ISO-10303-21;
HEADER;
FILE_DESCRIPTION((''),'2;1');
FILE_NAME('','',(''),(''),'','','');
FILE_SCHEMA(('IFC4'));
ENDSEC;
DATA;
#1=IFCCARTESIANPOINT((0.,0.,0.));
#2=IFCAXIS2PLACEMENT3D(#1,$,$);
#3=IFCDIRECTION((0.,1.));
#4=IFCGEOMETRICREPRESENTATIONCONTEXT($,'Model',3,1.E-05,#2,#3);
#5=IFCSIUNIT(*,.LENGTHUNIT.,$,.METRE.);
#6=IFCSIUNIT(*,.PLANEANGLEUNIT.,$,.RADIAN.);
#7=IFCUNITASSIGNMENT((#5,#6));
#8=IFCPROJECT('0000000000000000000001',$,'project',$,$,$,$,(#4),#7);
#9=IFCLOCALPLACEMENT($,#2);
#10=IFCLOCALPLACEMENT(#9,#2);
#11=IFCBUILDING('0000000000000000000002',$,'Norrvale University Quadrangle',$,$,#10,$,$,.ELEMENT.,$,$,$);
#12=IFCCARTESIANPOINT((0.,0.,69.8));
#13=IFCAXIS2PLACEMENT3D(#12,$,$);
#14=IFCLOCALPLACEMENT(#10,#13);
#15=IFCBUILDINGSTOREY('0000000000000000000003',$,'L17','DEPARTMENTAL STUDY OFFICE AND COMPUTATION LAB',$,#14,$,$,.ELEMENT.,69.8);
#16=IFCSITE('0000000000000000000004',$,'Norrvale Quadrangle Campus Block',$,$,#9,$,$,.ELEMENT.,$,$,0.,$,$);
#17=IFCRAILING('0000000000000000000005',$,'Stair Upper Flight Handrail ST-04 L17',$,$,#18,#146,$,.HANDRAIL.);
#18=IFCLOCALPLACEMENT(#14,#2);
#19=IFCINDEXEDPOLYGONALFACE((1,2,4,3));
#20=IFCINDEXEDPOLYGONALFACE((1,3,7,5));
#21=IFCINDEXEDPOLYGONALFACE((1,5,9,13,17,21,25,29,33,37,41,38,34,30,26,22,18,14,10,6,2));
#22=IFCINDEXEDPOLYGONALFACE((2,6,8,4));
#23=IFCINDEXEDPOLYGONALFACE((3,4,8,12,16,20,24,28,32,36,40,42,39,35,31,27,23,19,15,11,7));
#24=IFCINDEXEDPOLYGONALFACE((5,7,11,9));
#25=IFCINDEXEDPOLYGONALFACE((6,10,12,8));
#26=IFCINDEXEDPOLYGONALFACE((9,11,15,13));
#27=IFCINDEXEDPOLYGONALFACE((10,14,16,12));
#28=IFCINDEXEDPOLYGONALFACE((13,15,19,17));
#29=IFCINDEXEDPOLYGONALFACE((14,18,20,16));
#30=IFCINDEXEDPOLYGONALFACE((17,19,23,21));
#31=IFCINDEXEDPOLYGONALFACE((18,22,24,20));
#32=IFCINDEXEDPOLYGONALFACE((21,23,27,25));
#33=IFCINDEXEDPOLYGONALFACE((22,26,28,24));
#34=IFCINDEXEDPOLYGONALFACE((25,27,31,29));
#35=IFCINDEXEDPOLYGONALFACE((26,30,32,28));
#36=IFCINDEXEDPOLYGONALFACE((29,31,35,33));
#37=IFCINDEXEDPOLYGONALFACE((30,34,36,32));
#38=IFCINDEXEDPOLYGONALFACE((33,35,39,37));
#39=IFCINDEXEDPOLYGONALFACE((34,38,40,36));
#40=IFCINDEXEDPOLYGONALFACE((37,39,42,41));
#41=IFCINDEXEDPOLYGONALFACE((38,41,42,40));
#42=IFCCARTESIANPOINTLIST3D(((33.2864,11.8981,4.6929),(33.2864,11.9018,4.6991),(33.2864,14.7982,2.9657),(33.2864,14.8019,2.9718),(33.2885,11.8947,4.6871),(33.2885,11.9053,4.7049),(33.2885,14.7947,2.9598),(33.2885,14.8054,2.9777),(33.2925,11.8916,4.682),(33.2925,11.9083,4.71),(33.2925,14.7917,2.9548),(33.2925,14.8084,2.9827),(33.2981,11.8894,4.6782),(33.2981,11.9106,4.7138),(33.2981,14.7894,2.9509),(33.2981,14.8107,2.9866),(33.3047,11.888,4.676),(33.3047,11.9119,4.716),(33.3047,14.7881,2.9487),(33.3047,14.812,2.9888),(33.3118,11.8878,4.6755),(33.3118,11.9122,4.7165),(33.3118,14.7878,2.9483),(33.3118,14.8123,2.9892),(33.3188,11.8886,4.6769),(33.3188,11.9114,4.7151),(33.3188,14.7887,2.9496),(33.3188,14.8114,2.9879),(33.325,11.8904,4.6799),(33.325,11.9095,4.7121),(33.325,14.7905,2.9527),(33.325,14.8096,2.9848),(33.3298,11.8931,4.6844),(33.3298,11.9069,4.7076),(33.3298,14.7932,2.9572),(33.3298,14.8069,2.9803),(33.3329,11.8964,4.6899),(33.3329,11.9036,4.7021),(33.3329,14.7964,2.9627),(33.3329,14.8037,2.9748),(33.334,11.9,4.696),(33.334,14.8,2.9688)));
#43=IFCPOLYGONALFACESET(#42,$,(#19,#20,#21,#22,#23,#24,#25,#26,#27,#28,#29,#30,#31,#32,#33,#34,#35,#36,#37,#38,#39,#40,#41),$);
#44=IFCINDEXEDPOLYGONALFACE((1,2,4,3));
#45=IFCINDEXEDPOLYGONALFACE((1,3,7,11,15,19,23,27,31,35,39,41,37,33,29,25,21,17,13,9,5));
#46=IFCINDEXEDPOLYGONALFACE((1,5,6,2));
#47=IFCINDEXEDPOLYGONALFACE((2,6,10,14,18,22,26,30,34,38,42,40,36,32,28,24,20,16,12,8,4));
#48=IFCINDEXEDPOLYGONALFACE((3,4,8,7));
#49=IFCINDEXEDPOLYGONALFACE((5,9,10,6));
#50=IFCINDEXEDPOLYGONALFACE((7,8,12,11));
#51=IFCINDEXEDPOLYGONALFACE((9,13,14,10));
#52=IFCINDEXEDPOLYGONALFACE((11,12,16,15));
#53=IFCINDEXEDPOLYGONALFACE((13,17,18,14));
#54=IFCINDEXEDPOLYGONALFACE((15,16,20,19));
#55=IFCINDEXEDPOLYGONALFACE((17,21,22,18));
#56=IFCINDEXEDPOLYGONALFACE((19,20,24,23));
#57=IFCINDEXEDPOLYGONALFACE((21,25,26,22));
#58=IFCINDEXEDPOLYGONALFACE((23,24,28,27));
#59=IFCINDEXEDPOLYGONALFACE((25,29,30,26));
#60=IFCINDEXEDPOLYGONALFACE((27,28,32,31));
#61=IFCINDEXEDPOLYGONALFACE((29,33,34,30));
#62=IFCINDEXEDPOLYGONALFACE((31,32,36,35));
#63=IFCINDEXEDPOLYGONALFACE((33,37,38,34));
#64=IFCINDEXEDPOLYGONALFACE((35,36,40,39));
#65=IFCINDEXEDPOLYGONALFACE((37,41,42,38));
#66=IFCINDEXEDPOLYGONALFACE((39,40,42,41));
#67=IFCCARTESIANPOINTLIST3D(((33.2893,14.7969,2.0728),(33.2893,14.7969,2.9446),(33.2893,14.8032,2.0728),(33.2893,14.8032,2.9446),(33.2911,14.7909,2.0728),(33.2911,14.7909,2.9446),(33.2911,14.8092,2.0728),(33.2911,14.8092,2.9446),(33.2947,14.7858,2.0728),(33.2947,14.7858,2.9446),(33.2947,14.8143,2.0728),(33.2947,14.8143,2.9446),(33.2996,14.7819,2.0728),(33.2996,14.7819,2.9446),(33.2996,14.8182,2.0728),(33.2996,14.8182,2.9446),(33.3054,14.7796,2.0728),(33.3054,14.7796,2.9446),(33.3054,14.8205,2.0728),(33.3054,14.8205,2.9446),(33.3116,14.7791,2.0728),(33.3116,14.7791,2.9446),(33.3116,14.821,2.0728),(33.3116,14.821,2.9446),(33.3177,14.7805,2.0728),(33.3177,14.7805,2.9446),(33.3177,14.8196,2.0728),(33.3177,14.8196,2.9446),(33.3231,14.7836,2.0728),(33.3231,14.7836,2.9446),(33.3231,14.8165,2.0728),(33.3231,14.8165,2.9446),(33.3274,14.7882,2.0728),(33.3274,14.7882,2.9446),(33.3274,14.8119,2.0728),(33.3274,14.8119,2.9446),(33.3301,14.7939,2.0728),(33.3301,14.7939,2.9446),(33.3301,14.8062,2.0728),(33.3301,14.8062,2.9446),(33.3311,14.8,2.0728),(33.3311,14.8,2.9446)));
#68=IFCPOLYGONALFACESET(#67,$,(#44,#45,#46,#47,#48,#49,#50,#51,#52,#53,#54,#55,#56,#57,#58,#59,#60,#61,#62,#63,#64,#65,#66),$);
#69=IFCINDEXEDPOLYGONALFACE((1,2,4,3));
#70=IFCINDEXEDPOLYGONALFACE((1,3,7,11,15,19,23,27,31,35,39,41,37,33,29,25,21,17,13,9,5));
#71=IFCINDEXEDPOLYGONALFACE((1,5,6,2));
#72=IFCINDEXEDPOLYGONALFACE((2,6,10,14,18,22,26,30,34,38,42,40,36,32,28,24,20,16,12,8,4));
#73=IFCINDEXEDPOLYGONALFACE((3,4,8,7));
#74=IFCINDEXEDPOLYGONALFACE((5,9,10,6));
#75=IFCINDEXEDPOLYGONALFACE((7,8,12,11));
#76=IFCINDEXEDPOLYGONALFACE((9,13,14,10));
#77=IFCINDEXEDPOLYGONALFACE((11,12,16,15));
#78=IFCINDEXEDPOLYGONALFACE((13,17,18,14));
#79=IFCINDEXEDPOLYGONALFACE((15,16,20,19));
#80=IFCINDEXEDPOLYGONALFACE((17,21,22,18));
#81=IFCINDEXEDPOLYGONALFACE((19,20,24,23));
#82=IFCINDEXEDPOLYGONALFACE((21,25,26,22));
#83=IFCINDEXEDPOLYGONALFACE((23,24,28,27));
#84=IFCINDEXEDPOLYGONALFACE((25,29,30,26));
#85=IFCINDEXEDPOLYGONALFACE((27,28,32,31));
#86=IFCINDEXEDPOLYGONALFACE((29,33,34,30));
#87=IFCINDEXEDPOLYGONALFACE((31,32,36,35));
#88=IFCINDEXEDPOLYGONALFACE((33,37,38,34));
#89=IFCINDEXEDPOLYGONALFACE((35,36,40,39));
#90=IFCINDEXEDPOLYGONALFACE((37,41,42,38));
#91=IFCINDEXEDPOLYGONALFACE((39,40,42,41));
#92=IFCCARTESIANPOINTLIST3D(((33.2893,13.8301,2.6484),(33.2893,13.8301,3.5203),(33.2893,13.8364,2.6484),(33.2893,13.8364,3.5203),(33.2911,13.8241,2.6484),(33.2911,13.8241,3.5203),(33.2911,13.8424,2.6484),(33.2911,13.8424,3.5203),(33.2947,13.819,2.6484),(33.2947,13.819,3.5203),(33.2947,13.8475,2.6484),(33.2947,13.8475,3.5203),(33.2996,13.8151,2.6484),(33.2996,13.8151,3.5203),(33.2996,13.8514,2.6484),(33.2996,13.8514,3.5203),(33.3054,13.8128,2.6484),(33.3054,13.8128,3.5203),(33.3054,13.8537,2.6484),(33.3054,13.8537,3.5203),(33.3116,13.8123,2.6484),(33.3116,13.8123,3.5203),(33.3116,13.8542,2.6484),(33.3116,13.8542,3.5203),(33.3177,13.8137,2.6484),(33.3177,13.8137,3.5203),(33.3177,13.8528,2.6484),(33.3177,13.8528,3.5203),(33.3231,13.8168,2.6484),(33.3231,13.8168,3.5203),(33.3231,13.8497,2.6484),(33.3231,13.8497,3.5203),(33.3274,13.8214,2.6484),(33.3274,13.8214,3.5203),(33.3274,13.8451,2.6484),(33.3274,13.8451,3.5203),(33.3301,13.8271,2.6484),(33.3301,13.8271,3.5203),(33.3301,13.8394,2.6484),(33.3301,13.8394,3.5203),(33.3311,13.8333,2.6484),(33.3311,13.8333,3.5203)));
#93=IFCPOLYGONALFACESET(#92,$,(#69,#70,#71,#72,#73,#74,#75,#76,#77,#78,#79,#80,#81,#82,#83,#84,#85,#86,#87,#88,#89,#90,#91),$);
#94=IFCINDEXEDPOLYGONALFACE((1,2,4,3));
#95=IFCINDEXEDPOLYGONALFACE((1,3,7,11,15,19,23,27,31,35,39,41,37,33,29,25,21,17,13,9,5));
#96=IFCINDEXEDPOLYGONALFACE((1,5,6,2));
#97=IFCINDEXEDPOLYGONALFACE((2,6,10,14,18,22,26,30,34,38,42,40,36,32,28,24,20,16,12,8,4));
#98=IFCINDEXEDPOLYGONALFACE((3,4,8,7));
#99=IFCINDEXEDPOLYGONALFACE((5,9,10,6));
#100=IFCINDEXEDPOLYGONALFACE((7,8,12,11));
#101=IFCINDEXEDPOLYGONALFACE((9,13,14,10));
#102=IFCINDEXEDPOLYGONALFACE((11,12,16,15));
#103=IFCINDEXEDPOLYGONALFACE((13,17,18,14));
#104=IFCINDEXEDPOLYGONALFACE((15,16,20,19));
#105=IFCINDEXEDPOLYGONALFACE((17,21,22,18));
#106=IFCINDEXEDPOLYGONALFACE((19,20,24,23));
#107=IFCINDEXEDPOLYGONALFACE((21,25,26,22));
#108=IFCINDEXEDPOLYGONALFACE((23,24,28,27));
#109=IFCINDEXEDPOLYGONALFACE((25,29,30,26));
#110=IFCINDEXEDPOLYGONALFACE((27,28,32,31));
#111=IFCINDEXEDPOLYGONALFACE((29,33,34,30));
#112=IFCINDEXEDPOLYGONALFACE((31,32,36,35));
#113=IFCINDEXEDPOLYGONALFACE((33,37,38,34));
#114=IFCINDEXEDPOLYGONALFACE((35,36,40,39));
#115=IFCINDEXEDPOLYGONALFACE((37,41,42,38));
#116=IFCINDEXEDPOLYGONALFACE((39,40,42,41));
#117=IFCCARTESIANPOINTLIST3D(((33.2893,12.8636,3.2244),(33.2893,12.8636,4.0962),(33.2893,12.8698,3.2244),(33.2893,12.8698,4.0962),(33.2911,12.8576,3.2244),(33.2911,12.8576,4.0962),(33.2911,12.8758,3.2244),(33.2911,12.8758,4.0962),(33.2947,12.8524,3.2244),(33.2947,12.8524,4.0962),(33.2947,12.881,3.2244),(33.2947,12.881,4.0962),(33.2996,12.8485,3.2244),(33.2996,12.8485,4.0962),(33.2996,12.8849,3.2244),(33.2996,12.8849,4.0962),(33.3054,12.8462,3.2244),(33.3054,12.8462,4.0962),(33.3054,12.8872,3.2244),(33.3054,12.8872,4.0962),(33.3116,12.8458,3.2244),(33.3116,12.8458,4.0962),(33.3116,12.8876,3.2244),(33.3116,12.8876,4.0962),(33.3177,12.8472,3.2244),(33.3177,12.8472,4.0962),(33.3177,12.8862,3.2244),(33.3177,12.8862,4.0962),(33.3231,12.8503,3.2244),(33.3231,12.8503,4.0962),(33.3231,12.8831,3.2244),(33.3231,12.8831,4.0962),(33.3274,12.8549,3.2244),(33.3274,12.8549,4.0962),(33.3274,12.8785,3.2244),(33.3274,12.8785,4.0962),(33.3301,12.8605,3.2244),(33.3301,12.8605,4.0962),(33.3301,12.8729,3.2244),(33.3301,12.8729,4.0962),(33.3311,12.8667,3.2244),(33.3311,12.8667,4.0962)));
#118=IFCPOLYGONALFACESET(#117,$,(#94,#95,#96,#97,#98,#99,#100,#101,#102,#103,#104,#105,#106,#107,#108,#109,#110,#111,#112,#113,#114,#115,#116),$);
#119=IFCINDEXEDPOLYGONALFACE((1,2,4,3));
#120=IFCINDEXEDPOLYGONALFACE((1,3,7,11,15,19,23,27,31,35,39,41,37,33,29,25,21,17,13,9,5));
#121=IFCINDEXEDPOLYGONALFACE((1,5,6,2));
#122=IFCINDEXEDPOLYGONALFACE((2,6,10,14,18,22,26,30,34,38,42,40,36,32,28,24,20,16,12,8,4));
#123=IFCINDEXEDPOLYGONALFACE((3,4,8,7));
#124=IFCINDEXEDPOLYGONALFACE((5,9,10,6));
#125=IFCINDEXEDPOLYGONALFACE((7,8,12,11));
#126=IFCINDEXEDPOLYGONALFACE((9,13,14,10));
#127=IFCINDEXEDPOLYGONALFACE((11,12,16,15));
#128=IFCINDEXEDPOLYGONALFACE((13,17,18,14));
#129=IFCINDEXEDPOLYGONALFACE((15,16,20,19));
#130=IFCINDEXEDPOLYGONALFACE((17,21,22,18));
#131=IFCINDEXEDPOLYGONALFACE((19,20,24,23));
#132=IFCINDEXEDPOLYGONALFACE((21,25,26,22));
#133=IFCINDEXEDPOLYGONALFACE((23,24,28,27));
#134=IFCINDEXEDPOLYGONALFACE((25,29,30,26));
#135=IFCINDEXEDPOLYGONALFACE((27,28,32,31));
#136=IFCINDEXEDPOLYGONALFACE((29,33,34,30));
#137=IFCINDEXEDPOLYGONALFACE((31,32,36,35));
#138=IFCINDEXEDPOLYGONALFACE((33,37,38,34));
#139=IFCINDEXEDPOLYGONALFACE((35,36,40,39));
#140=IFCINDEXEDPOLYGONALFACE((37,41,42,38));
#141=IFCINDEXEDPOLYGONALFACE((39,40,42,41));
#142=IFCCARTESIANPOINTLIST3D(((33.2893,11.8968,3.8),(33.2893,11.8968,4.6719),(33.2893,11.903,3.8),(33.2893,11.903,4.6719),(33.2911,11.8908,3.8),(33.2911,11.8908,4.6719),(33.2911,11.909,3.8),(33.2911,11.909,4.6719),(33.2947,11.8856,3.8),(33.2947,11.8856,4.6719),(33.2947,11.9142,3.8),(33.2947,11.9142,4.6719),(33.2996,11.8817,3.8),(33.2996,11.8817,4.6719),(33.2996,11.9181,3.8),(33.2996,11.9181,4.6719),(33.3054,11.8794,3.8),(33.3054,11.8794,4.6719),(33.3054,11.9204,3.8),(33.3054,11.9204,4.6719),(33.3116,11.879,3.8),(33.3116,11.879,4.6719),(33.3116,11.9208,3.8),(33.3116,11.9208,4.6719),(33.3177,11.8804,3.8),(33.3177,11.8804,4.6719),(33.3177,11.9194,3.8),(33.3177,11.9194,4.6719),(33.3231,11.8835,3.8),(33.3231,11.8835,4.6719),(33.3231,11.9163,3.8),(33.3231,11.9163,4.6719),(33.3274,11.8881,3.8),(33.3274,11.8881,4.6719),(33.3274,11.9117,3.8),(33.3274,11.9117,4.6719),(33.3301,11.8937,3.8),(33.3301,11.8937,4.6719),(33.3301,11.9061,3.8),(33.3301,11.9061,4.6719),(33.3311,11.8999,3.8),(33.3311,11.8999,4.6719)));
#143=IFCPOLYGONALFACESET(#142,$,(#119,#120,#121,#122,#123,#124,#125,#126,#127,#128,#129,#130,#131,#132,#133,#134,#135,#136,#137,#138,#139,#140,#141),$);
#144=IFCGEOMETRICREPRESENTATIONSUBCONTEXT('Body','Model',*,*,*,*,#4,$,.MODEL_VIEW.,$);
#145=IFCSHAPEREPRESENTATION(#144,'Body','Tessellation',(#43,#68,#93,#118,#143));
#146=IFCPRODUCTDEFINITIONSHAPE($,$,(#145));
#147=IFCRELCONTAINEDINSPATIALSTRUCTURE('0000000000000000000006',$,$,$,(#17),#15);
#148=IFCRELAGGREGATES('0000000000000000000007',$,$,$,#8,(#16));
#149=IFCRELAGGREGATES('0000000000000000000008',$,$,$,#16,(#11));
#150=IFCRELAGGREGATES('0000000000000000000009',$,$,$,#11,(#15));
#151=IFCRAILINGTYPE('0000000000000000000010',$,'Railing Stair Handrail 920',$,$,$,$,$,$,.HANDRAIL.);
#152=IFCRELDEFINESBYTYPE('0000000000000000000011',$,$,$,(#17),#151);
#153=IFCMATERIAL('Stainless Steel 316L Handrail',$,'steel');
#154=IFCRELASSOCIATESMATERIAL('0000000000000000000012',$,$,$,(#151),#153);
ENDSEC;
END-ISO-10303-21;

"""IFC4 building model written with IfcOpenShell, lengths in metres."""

from ifc_helpers import new_model, si_unit, direction, frame, origin, origin_2d, place, context, subcontext, project, spatial, circle, extrude, material, type_object, element, save


model = new_model("IFC4")

# Units and contexts
model_context = context("Model", 3, precision=1e-05, world=origin(), true_north=direction((0.0, 1.0)))
body_context = subcontext(model_context, "Body", "Model", "MODEL_VIEW")
ifc_project = project(units=[si_unit("LENGTHUNIT", "METRE"), si_unit("PLANEANGLEUNIT", "RADIAN")], contexts=[model_context])

# Site, building, storey
site_placement = place(None, origin())
site = spatial("IfcSite", under=ifc_project, at=site_placement, Name="Norrvale Quadrangle Campus Block", CompositionType="ELEMENT", RefElevation=0.0)
building_placement = place(site_placement, origin())
building = spatial("IfcBuilding", under=site, at=building_placement, Name="Norrvale University Quadrangle", CompositionType="ELEMENT")
storey_placement = place(building_placement, frame((0.0, 0.0, 69.8)))
storey = spatial("IfcBuildingStorey", under=building, at=storey_placement, Name="L17", Description="DEPARTMENTAL STUDY OFFICE AND COMPUTATION LAB", CompositionType="ELEMENT", Elevation=69.8)

# Railing
ifc_material_1 = material(Name="Stainless Steel 316L Handrail", Category="steel")
railing_type_1 = type_object("IfcRailingType", Name="Railing Stair Handrail 920", PredefinedType="HANDRAIL", material=ifc_material_1)
railing_1_placement = place(storey_placement, frame((33.3101, 14.8, 2.0728)))
element("IfcRailing", 1, at=railing_1_placement, inside=storey, type_object=railing_type_1, Name="Stair Upper Flight Handrail ST-04 L17", PredefinedType="HANDRAIL", context=body_context, shape_type="SweptSolid", body=[
    extrude(circle(Radius=0.0239, at=origin_2d()), frame((0.0, 0.0, 0.896), z_axis=(0.0, -0.85916, 0.511706), x_axis=(1.0, 0.0, 0.0)), (0.0, 0.0, 1.0), 3.3755),
    extrude(circle(Radius=0.021, at=origin_2d()), origin(), (0.0, 0.0, 1.0), 0.8718),
    extrude(circle(Radius=0.021, at=origin_2d()), frame((0.0, -0.9668, 0.5757)), (0.0, 0.0, 1.0), 0.8718),
    extrude(circle(Radius=0.021, at=origin_2d()), frame((0.0, -1.9333, 1.1516)), (0.0, 0.0, 1.0), 0.8718),
    extrude(circle(Radius=0.021, at=origin_2d()), frame((0.0, -2.9001, 1.7273)), (0.0, 0.0, 1.0), 0.8718),
])

save(model, "model.ifc")
